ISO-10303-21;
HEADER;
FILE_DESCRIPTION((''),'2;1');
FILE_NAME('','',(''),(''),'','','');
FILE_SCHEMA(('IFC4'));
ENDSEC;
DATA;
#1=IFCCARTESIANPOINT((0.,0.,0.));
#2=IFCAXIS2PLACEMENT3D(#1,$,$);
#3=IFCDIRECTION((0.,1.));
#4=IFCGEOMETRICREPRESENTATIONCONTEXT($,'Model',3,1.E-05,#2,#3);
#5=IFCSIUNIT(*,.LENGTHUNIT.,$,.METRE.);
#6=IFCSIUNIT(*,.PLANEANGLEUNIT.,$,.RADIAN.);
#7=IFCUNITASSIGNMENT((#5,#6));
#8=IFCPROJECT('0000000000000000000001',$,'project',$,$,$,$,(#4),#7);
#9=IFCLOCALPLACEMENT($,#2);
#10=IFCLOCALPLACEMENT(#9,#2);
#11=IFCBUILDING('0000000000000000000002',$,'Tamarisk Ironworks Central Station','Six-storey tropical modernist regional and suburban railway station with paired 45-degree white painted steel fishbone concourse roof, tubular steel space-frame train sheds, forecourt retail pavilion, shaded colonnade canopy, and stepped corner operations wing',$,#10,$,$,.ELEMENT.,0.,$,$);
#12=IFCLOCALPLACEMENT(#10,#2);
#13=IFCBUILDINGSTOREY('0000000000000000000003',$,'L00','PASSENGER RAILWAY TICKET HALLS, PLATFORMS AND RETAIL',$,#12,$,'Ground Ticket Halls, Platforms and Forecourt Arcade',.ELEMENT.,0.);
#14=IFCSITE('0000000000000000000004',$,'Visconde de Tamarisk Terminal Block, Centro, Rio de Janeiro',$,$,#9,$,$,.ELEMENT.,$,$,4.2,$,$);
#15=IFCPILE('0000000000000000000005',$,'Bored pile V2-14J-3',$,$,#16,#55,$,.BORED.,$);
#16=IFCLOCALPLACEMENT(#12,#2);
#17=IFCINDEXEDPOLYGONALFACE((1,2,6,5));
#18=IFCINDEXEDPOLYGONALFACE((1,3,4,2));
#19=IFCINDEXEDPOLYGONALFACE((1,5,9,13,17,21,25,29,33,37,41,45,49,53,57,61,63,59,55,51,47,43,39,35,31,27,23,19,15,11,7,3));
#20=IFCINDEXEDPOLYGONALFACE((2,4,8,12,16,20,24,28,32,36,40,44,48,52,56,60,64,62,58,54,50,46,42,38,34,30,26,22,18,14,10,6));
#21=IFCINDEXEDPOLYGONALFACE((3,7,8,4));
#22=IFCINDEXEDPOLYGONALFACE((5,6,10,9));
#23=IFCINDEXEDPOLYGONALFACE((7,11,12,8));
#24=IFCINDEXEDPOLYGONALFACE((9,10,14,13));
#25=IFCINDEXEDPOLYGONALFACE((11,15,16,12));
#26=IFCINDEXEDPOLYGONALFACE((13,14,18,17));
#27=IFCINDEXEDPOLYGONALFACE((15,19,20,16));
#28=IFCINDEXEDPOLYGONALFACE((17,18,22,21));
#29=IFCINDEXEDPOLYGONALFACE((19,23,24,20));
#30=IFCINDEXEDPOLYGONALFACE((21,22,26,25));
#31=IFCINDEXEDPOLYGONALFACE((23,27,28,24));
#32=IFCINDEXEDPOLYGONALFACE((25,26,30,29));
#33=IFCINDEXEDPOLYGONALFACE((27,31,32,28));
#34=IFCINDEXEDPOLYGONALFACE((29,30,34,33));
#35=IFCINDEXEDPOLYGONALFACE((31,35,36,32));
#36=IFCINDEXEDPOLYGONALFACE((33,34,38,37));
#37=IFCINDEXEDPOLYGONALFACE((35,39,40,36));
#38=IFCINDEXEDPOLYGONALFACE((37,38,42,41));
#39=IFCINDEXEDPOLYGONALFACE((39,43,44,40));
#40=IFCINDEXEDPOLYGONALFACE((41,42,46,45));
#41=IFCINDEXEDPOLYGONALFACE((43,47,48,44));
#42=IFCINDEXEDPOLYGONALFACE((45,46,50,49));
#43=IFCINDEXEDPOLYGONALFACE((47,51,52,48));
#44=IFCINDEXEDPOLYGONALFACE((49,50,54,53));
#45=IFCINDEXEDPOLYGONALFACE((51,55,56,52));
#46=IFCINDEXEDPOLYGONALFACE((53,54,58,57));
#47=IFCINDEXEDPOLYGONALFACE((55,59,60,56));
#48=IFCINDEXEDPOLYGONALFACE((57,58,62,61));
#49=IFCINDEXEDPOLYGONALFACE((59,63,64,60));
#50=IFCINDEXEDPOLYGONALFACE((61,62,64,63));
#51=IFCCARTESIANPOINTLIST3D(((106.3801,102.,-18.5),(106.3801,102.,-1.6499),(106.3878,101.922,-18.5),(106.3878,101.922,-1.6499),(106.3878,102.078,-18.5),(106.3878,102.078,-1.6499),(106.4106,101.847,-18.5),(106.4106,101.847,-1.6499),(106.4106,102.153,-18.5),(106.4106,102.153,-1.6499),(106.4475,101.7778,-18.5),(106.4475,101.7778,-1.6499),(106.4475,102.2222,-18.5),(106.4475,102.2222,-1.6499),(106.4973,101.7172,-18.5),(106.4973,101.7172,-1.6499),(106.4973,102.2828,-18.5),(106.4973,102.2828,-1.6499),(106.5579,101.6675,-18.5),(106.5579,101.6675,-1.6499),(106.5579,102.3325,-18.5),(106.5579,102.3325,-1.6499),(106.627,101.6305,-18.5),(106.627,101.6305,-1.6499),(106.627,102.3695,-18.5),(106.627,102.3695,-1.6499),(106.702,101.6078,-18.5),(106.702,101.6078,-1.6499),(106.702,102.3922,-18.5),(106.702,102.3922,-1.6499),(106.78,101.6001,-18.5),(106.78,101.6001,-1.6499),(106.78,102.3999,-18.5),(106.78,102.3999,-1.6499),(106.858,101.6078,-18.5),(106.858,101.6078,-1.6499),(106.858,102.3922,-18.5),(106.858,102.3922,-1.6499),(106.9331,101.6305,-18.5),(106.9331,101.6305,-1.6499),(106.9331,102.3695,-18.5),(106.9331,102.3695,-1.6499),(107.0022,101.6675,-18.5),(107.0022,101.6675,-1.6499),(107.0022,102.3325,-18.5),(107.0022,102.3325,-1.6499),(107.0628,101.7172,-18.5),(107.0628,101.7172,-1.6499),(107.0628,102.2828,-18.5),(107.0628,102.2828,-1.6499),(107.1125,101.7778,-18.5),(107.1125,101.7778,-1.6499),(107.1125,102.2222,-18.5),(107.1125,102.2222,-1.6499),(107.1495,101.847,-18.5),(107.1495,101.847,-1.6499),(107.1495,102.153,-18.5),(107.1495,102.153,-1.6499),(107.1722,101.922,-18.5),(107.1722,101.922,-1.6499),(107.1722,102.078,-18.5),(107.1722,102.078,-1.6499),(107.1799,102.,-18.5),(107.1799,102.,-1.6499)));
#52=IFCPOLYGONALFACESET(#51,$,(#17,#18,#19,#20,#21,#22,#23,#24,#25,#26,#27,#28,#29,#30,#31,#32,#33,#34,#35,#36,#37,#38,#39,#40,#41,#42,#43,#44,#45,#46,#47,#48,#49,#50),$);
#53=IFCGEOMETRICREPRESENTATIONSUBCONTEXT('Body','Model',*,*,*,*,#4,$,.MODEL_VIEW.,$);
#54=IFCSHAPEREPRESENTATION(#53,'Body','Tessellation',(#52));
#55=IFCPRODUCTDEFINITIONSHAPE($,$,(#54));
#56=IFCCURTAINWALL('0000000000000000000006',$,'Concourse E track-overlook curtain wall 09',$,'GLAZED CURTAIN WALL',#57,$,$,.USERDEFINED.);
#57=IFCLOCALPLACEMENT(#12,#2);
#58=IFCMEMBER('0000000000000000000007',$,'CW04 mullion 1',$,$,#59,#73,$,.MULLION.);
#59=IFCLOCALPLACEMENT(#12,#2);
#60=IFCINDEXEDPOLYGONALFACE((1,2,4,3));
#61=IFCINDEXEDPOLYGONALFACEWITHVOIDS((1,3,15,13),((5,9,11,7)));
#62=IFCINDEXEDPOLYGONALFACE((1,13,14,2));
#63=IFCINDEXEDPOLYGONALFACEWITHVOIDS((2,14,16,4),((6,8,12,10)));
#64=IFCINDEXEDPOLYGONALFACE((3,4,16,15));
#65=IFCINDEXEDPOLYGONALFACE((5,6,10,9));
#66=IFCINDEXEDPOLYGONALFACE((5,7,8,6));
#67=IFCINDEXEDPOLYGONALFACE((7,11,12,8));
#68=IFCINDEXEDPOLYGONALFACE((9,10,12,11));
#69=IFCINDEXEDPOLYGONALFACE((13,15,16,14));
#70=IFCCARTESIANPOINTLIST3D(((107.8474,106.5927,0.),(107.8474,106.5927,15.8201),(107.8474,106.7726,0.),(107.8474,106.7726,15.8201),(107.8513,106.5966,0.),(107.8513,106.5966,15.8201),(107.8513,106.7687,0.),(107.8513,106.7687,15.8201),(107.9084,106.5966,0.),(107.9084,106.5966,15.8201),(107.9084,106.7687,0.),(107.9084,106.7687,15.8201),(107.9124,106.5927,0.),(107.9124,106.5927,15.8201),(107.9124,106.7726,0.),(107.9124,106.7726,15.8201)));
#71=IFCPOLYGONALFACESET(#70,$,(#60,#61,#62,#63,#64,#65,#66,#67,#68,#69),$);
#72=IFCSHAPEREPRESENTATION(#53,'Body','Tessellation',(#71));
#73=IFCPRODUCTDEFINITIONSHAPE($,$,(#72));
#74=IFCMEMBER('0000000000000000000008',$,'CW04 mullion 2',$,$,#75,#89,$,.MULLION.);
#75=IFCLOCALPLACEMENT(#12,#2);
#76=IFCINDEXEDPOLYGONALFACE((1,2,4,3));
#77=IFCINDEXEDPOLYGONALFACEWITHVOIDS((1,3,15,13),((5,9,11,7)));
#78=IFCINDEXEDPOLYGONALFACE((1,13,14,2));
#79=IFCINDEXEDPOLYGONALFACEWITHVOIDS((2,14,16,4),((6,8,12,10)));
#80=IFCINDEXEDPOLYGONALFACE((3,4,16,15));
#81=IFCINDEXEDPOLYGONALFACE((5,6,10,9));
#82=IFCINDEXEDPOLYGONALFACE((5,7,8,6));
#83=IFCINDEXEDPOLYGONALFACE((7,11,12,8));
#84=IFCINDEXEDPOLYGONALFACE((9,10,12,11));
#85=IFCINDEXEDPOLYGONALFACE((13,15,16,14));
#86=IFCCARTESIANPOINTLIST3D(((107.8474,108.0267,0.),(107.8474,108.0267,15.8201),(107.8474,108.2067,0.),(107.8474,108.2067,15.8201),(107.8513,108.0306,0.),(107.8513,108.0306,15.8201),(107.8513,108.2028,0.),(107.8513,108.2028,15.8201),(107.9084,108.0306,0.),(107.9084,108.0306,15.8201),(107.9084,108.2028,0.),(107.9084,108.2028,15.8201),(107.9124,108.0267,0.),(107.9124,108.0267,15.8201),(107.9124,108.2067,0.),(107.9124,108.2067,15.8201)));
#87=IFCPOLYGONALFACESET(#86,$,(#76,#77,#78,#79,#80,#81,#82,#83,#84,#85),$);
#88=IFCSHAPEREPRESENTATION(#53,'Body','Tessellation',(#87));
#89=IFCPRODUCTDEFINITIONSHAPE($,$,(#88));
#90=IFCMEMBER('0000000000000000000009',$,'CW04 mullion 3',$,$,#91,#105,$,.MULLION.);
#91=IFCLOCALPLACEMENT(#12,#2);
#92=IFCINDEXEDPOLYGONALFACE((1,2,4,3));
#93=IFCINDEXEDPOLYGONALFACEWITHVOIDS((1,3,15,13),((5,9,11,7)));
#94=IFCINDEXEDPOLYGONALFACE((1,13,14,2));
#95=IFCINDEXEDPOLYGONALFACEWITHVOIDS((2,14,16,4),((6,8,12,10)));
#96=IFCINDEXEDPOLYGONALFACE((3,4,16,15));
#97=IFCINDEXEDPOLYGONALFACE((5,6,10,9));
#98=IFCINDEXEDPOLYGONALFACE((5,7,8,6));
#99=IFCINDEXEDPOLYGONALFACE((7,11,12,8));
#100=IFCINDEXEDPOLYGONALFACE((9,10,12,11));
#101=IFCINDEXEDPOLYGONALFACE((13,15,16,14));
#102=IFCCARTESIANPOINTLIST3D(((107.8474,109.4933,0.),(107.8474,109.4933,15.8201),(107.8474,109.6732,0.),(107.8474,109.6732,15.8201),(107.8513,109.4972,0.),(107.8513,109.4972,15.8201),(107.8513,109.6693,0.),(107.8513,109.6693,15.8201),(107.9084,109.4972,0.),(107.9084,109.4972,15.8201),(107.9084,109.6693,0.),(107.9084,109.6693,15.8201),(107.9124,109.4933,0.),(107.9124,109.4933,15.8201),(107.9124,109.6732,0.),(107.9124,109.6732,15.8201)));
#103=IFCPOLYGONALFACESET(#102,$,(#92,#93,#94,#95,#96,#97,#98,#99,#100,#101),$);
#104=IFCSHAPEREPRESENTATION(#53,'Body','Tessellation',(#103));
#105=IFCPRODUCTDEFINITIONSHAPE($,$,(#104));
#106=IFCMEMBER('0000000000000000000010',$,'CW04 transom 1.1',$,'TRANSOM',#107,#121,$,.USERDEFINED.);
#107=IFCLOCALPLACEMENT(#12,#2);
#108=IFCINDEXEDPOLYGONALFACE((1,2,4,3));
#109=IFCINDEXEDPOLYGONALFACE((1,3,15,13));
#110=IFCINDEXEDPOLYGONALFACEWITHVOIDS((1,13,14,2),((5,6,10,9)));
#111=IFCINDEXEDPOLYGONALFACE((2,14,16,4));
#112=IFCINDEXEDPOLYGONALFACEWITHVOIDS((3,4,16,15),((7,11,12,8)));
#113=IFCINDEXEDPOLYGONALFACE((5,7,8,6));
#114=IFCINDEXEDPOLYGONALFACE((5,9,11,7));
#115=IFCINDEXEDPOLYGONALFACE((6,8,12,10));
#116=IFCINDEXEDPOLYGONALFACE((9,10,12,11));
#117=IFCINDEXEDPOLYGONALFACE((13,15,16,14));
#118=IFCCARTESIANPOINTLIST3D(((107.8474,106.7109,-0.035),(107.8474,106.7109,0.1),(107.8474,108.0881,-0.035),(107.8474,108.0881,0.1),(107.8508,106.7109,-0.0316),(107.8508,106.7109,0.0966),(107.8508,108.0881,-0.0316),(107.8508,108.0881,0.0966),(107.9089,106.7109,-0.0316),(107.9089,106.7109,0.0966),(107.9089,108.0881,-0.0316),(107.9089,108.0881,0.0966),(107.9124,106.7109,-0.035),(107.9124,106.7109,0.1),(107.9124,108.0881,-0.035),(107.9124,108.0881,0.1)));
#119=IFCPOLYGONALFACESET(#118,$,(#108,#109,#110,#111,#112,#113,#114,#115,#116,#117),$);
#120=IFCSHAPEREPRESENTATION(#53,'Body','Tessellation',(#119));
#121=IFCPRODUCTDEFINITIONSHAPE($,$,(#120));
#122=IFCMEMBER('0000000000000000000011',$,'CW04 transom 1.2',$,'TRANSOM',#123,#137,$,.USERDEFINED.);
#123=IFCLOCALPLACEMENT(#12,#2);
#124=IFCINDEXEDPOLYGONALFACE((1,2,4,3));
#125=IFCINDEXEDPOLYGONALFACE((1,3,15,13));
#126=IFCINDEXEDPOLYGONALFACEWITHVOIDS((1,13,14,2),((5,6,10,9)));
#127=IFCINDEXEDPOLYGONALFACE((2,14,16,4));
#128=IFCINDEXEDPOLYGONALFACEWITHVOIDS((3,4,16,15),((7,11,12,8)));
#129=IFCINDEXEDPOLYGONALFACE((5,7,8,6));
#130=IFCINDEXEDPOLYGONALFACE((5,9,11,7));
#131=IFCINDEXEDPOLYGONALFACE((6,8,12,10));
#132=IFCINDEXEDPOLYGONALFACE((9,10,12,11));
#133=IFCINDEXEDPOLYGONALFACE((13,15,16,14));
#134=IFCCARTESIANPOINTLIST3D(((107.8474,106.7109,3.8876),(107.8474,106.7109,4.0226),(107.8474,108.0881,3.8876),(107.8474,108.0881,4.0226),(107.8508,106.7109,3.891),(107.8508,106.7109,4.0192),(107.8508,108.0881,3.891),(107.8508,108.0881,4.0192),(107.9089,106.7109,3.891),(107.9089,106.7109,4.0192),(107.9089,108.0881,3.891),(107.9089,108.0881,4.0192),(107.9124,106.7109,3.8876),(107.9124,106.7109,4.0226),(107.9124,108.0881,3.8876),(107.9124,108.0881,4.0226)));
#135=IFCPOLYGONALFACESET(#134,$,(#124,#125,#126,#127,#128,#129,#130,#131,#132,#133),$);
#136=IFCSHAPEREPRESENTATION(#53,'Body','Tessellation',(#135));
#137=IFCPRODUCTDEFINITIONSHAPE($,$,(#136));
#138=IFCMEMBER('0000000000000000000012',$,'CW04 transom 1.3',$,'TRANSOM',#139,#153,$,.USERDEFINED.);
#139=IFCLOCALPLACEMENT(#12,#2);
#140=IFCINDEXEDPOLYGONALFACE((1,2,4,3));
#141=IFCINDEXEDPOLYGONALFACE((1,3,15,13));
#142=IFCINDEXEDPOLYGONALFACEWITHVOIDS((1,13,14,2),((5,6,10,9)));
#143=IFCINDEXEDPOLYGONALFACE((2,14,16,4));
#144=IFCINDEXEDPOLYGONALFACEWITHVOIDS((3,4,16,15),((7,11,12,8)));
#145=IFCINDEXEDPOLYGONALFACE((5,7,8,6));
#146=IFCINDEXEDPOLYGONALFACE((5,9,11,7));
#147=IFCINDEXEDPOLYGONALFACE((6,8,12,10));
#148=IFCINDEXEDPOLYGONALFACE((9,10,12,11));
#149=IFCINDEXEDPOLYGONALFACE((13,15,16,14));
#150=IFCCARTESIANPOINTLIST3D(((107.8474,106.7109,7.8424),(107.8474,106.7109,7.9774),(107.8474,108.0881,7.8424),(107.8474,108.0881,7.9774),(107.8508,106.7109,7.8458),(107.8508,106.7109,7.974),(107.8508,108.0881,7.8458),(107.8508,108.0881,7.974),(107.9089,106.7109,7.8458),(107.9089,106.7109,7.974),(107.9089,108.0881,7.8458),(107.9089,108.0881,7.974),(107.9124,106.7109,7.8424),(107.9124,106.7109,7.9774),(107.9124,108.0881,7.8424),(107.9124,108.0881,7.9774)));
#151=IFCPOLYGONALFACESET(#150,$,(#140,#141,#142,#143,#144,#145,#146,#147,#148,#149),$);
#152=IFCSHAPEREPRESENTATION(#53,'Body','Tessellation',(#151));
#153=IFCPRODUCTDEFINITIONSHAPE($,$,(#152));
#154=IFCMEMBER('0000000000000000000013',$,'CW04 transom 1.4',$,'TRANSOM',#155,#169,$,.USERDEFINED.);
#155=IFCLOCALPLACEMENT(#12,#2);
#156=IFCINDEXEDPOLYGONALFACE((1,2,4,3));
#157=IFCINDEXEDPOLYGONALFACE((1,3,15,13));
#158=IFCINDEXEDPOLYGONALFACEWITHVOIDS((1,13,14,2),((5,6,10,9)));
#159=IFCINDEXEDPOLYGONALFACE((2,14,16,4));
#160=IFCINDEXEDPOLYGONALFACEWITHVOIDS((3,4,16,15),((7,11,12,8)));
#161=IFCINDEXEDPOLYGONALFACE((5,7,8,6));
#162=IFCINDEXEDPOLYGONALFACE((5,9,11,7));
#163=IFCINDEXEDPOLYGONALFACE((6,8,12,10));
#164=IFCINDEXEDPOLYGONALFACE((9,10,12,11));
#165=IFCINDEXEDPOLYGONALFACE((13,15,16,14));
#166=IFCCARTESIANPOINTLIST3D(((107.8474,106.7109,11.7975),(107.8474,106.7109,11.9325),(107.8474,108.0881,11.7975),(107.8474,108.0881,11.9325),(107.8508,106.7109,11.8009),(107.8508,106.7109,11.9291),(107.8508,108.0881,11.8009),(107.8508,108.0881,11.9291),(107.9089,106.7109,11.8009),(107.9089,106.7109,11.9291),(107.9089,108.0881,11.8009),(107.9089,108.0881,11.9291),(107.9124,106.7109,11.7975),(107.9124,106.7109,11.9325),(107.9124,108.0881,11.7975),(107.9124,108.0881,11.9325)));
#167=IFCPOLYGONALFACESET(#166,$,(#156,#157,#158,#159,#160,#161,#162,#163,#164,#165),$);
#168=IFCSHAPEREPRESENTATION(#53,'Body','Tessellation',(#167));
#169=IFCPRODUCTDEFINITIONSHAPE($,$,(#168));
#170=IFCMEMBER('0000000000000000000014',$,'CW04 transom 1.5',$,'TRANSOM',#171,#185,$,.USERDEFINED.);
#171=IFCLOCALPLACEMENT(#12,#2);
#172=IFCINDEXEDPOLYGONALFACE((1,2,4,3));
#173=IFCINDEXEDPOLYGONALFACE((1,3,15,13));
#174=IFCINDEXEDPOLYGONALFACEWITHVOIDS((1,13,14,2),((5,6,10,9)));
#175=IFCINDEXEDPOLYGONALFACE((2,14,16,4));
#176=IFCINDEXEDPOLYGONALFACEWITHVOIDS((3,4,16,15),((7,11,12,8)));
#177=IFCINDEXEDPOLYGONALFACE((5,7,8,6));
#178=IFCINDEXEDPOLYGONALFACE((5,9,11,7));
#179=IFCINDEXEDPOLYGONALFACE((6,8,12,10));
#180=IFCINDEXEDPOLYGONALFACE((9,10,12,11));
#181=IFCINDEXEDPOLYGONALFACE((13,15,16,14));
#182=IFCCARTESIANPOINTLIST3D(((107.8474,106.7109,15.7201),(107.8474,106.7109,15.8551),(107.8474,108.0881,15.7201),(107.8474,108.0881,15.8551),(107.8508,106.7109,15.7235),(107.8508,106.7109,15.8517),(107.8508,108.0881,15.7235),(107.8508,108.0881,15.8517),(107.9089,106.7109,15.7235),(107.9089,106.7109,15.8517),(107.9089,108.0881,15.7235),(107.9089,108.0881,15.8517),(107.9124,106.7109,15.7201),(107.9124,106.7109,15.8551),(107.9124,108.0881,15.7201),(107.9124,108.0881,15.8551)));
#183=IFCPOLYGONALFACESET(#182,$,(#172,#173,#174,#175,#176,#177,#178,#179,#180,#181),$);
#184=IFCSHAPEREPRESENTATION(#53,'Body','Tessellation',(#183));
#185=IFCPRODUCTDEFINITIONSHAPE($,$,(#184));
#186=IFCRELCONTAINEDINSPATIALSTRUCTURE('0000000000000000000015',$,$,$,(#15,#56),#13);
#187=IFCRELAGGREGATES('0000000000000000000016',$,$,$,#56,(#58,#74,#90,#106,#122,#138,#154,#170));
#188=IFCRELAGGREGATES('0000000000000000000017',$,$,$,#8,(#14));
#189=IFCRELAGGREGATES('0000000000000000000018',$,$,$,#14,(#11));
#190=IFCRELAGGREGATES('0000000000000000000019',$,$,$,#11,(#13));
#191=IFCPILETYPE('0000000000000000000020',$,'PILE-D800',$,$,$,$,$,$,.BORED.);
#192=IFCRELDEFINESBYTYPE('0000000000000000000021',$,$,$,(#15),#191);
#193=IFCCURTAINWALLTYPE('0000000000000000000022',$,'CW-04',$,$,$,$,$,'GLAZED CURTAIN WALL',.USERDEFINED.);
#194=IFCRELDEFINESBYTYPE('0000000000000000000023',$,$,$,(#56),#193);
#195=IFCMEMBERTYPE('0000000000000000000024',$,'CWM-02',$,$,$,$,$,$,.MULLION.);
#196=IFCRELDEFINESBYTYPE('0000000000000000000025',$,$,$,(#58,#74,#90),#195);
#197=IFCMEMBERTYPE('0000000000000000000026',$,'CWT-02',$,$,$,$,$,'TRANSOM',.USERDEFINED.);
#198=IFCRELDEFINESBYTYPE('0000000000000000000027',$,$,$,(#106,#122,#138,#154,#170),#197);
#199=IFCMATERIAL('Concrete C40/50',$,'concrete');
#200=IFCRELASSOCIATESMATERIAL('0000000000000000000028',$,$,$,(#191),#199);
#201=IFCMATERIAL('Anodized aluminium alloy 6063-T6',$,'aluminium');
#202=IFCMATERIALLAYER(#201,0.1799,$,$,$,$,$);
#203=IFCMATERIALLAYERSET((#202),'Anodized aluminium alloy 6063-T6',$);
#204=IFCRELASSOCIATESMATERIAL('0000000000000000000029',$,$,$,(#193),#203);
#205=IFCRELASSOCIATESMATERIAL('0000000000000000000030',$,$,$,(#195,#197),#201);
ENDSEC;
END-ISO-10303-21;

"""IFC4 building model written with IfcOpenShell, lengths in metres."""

from ifc_helpers import new_model, si_unit, direction, frame, origin, origin_2d, place, context, subcontext, project, spatial, hollow_rectangle, circle, extrude, material, layer, layer_set, material_profile, profile_set, type_object, element, aggregate, save


model = new_model("IFC4")

# Units and contexts
model_context = context("Model", 3, precision=1e-05, world=origin(), true_north=direction((0.0, 1.0)))
body_context = subcontext(model_context, "Body", "Model", "MODEL_VIEW")
ifc_project = project(units=[si_unit("LENGTHUNIT", "METRE"), si_unit("PLANEANGLEUNIT", "RADIAN")], contexts=[model_context])

# Site, building, storey
site_placement = place(None, origin())
site = spatial("IfcSite", under=ifc_project, at=site_placement, Name="Visconde de Tamarisk Terminal Block, Centro, Rio de Janeiro", CompositionType="ELEMENT", RefElevation=4.2)
building_placement = place(site_placement, origin())
building = spatial("IfcBuilding", under=site, at=building_placement, Name="Tamarisk Ironworks Central Station", Description="Six-storey tropical modernist regional and suburban railway station with paired 45-degree white painted steel fishbone concourse roof, tubular steel space-frame train sheds, forecourt retail pavilion, shaded colonnade canopy, and stepped corner operations wing", CompositionType="ELEMENT", ElevationOfRefHeight=0.0)
storey_placement = place(building_placement, origin())
storey = spatial("IfcBuildingStorey", under=building, at=storey_placement, Name="L00", Description="PASSENGER RAILWAY TICKET HALLS, PLATFORMS AND RETAIL", LongName="Ground Ticket Halls, Platforms and Forecourt Arcade", CompositionType="ELEMENT", Elevation=0.0)

# Pile
ifc_material_1 = material(Name="Concrete C40/50", Category="concrete")
ifc_material_profile_1 = material_profile(ifc_material_1, circle(Radius=0.3999, at=origin_2d()), Name="BORED PILE D800")
ifc_profile_set_1 = profile_set([ifc_material_profile_1], Name="Concrete C40/50")
pile_type = type_object("IfcPileType", Name="PILE-D800", PredefinedType="BORED", material=ifc_profile_set_1)
pile_placement = place(storey_placement, frame((106.78, 102.0, -1.6499), z_axis=(0.0, 0.0, -1.0), x_axis=(1.0, 0.0, 0.0)))
element("IfcPile", 1, at=pile_placement, inside=storey, type_object=pile_type, Name="Bored pile V2-14J-3", PredefinedType="BORED", context=body_context, shape_type="SweptSolid", body=[
    extrude(circle(Radius=0.3999, at=origin_2d()), origin(), (0.0, 0.0, 1.0), 16.8501),
])

# Curtain wall, members
ifc_material_2 = material(Name="Anodized aluminium alloy 6063-T6", Category="aluminium")
ifc_layer_1 = layer(ifc_material_2, 0.1799)
ifc_layer_set_1 = layer_set([ifc_layer_1], Name="Anodized aluminium alloy 6063-T6")
curtain_wall_type = type_object("IfcCurtainWallType", Name="CW-04", ElementType="GLAZED CURTAIN WALL", PredefinedType="USERDEFINED", material=ifc_layer_set_1)
curtain_wall_placement = place(storey_placement, origin())
curtain_wall = element("IfcCurtainWall", 2, at=curtain_wall_placement, inside=storey, type_object=curtain_wall_type, Name="Concourse E track-overlook curtain wall 09", ObjectType="GLAZED CURTAIN WALL", PredefinedType="USERDEFINED")
ifc_material_profile_2 = material_profile(ifc_material_2, hollow_rectangle(XDim=0.0649, YDim=0.1799, WallThickness=0.0039, at=origin_2d()), Name="ALUM 180x65")
ifc_profile_set_2 = profile_set([ifc_material_profile_2], Name="Anodized aluminium alloy 6063-T6")
member_type_1 = type_object("IfcMemberType", Name="CWM-02", PredefinedType="MULLION", material=ifc_profile_set_2)
member_1_placement = place(storey_placement, frame((107.8799, 106.6826, 0.0), z_axis=(0.0, 0.0, 1.0), x_axis=(-1.0, 0.0, 0.0)))
member_1 = element("IfcMember", 3, at=member_1_placement, type_object=member_type_1, Name="CW04 mullion 1", PredefinedType="MULLION", context=body_context, shape_type="SweptSolid", body=[
    extrude(hollow_rectangle(XDim=0.0649, YDim=0.1799, WallThickness=0.0039, at=origin_2d()), origin(), (0.0, 0.0, 1.0), 15.8201),
])
member_2_placement = place(storey_placement, frame((107.8799, 108.1167, 0.0), z_axis=(0.0, 0.0, 1.0), x_axis=(-1.0, 0.0, 0.0)))
member_2 = element("IfcMember", 4, at=member_2_placement, type_object=member_type_1, Name="CW04 mullion 2", PredefinedType="MULLION", context=body_context, shape_type="SweptSolid", body=[
    extrude(hollow_rectangle(XDim=0.0649, YDim=0.1799, WallThickness=0.0039, at=origin_2d()), origin(), (0.0, 0.0, 1.0), 15.8201),
])
member_3_placement = place(storey_placement, frame((107.8799, 109.5833, 0.0), z_axis=(0.0, 0.0, 1.0), x_axis=(-1.0, 0.0, 0.0)))
member_3 = element("IfcMember", 5, at=member_3_placement, type_object=member_type_1, Name="CW04 mullion 3", PredefinedType="MULLION", context=body_context, shape_type="SweptSolid", body=[
    extrude(hollow_rectangle(XDim=0.0649, YDim=0.1799, WallThickness=0.0039, at=origin_2d()), origin(), (0.0, 0.0, 1.0), 15.8201),
])
ifc_material_profile_3 = material_profile(ifc_material_2, hollow_rectangle(XDim=0.0649, YDim=0.135, WallThickness=0.0034, at=origin_2d()), Name="ALUM 135x65")
ifc_profile_set_3 = profile_set([ifc_material_profile_3], Name="Anodized aluminium alloy 6063-T6")
member_type_2 = type_object("IfcMemberType", Name="CWT-02", ElementType="TRANSOM", PredefinedType="USERDEFINED", material=ifc_profile_set_3)
member_4_placement = place(storey_placement, frame((107.8799, 106.7109, 0.0325), z_axis=(0.0, 1.0, 0.0), x_axis=(-1.0, 0.0, 0.0)))
member_4 = element("IfcMember", 6, at=member_4_placement, type_object=member_type_2, Name="CW04 transom 1.1", ObjectType="TRANSOM", PredefinedType="USERDEFINED", context=body_context, shape_type="SweptSolid", body=[
    extrude(hollow_rectangle(XDim=0.0649, YDim=0.135, WallThickness=0.0034, at=origin_2d()), origin(), (0.0, 0.0, 1.0), 1.3772),
])
member_5_placement = place(storey_placement, frame((107.8799, 106.7109, 3.9551), z_axis=(0.0, 1.0, 0.0), x_axis=(-1.0, 0.0, 0.0)))
member_5 = element("IfcMember", 7, at=member_5_placement, type_object=member_type_2, Name="CW04 transom 1.2", ObjectType="TRANSOM", PredefinedType="USERDEFINED", context=body_context, shape_type="SweptSolid", body=[
    extrude(hollow_rectangle(XDim=0.0649, YDim=0.135, WallThickness=0.0034, at=origin_2d()), origin(), (0.0, 0.0, 1.0), 1.3772),
])
member_6_placement = place(storey_placement, frame((107.8799, 106.7109, 7.9099), z_axis=(0.0, 1.0, 0.0), x_axis=(-1.0, 0.0, 0.0)))
member_6 = element("IfcMember", 8, at=member_6_placement, type_object=member_type_2, Name="CW04 transom 1.3", ObjectType="TRANSOM", PredefinedType="USERDEFINED", context=body_context, shape_type="SweptSolid", body=[
    extrude(hollow_rectangle(XDim=0.0649, YDim=0.135, WallThickness=0.0034, at=origin_2d()), origin(), (0.0, 0.0, 1.0), 1.3772),
])
member_7_placement = place(storey_placement, frame((107.8799, 106.7109, 11.865), z_axis=(0.0, 1.0, 0.0), x_axis=(-1.0, 0.0, 0.0)))
member_7 = element("IfcMember", 9, at=member_7_placement, type_object=member_type_2, Name="CW04 transom 1.4", ObjectType="TRANSOM", PredefinedType="USERDEFINED", context=body_context, shape_type="SweptSolid", body=[
    extrude(hollow_rectangle(XDim=0.0649, YDim=0.135, WallThickness=0.0034, at=origin_2d()), origin(), (0.0, 0.0, 1.0), 1.3772),
])
member_8_placement = place(storey_placement, frame((107.8799, 106.7109, 15.7876), z_axis=(0.0, 1.0, 0.0), x_axis=(-1.0, 0.0, 0.0)))
member_8 = element("IfcMember", 10, at=member_8_placement, type_object=member_type_2, Name="CW04 transom 1.5", ObjectType="TRANSOM", PredefinedType="USERDEFINED", context=body_context, shape_type="SweptSolid", body=[
    extrude(hollow_rectangle(XDim=0.0649, YDim=0.135, WallThickness=0.0034, at=origin_2d()), origin(), (0.0, 0.0, 1.0), 1.3772),
])
aggregate(curtain_wall, [member_1, member_2, member_3, member_4, member_5, member_6, member_7, member_8])

save(model, "model.ifc")
